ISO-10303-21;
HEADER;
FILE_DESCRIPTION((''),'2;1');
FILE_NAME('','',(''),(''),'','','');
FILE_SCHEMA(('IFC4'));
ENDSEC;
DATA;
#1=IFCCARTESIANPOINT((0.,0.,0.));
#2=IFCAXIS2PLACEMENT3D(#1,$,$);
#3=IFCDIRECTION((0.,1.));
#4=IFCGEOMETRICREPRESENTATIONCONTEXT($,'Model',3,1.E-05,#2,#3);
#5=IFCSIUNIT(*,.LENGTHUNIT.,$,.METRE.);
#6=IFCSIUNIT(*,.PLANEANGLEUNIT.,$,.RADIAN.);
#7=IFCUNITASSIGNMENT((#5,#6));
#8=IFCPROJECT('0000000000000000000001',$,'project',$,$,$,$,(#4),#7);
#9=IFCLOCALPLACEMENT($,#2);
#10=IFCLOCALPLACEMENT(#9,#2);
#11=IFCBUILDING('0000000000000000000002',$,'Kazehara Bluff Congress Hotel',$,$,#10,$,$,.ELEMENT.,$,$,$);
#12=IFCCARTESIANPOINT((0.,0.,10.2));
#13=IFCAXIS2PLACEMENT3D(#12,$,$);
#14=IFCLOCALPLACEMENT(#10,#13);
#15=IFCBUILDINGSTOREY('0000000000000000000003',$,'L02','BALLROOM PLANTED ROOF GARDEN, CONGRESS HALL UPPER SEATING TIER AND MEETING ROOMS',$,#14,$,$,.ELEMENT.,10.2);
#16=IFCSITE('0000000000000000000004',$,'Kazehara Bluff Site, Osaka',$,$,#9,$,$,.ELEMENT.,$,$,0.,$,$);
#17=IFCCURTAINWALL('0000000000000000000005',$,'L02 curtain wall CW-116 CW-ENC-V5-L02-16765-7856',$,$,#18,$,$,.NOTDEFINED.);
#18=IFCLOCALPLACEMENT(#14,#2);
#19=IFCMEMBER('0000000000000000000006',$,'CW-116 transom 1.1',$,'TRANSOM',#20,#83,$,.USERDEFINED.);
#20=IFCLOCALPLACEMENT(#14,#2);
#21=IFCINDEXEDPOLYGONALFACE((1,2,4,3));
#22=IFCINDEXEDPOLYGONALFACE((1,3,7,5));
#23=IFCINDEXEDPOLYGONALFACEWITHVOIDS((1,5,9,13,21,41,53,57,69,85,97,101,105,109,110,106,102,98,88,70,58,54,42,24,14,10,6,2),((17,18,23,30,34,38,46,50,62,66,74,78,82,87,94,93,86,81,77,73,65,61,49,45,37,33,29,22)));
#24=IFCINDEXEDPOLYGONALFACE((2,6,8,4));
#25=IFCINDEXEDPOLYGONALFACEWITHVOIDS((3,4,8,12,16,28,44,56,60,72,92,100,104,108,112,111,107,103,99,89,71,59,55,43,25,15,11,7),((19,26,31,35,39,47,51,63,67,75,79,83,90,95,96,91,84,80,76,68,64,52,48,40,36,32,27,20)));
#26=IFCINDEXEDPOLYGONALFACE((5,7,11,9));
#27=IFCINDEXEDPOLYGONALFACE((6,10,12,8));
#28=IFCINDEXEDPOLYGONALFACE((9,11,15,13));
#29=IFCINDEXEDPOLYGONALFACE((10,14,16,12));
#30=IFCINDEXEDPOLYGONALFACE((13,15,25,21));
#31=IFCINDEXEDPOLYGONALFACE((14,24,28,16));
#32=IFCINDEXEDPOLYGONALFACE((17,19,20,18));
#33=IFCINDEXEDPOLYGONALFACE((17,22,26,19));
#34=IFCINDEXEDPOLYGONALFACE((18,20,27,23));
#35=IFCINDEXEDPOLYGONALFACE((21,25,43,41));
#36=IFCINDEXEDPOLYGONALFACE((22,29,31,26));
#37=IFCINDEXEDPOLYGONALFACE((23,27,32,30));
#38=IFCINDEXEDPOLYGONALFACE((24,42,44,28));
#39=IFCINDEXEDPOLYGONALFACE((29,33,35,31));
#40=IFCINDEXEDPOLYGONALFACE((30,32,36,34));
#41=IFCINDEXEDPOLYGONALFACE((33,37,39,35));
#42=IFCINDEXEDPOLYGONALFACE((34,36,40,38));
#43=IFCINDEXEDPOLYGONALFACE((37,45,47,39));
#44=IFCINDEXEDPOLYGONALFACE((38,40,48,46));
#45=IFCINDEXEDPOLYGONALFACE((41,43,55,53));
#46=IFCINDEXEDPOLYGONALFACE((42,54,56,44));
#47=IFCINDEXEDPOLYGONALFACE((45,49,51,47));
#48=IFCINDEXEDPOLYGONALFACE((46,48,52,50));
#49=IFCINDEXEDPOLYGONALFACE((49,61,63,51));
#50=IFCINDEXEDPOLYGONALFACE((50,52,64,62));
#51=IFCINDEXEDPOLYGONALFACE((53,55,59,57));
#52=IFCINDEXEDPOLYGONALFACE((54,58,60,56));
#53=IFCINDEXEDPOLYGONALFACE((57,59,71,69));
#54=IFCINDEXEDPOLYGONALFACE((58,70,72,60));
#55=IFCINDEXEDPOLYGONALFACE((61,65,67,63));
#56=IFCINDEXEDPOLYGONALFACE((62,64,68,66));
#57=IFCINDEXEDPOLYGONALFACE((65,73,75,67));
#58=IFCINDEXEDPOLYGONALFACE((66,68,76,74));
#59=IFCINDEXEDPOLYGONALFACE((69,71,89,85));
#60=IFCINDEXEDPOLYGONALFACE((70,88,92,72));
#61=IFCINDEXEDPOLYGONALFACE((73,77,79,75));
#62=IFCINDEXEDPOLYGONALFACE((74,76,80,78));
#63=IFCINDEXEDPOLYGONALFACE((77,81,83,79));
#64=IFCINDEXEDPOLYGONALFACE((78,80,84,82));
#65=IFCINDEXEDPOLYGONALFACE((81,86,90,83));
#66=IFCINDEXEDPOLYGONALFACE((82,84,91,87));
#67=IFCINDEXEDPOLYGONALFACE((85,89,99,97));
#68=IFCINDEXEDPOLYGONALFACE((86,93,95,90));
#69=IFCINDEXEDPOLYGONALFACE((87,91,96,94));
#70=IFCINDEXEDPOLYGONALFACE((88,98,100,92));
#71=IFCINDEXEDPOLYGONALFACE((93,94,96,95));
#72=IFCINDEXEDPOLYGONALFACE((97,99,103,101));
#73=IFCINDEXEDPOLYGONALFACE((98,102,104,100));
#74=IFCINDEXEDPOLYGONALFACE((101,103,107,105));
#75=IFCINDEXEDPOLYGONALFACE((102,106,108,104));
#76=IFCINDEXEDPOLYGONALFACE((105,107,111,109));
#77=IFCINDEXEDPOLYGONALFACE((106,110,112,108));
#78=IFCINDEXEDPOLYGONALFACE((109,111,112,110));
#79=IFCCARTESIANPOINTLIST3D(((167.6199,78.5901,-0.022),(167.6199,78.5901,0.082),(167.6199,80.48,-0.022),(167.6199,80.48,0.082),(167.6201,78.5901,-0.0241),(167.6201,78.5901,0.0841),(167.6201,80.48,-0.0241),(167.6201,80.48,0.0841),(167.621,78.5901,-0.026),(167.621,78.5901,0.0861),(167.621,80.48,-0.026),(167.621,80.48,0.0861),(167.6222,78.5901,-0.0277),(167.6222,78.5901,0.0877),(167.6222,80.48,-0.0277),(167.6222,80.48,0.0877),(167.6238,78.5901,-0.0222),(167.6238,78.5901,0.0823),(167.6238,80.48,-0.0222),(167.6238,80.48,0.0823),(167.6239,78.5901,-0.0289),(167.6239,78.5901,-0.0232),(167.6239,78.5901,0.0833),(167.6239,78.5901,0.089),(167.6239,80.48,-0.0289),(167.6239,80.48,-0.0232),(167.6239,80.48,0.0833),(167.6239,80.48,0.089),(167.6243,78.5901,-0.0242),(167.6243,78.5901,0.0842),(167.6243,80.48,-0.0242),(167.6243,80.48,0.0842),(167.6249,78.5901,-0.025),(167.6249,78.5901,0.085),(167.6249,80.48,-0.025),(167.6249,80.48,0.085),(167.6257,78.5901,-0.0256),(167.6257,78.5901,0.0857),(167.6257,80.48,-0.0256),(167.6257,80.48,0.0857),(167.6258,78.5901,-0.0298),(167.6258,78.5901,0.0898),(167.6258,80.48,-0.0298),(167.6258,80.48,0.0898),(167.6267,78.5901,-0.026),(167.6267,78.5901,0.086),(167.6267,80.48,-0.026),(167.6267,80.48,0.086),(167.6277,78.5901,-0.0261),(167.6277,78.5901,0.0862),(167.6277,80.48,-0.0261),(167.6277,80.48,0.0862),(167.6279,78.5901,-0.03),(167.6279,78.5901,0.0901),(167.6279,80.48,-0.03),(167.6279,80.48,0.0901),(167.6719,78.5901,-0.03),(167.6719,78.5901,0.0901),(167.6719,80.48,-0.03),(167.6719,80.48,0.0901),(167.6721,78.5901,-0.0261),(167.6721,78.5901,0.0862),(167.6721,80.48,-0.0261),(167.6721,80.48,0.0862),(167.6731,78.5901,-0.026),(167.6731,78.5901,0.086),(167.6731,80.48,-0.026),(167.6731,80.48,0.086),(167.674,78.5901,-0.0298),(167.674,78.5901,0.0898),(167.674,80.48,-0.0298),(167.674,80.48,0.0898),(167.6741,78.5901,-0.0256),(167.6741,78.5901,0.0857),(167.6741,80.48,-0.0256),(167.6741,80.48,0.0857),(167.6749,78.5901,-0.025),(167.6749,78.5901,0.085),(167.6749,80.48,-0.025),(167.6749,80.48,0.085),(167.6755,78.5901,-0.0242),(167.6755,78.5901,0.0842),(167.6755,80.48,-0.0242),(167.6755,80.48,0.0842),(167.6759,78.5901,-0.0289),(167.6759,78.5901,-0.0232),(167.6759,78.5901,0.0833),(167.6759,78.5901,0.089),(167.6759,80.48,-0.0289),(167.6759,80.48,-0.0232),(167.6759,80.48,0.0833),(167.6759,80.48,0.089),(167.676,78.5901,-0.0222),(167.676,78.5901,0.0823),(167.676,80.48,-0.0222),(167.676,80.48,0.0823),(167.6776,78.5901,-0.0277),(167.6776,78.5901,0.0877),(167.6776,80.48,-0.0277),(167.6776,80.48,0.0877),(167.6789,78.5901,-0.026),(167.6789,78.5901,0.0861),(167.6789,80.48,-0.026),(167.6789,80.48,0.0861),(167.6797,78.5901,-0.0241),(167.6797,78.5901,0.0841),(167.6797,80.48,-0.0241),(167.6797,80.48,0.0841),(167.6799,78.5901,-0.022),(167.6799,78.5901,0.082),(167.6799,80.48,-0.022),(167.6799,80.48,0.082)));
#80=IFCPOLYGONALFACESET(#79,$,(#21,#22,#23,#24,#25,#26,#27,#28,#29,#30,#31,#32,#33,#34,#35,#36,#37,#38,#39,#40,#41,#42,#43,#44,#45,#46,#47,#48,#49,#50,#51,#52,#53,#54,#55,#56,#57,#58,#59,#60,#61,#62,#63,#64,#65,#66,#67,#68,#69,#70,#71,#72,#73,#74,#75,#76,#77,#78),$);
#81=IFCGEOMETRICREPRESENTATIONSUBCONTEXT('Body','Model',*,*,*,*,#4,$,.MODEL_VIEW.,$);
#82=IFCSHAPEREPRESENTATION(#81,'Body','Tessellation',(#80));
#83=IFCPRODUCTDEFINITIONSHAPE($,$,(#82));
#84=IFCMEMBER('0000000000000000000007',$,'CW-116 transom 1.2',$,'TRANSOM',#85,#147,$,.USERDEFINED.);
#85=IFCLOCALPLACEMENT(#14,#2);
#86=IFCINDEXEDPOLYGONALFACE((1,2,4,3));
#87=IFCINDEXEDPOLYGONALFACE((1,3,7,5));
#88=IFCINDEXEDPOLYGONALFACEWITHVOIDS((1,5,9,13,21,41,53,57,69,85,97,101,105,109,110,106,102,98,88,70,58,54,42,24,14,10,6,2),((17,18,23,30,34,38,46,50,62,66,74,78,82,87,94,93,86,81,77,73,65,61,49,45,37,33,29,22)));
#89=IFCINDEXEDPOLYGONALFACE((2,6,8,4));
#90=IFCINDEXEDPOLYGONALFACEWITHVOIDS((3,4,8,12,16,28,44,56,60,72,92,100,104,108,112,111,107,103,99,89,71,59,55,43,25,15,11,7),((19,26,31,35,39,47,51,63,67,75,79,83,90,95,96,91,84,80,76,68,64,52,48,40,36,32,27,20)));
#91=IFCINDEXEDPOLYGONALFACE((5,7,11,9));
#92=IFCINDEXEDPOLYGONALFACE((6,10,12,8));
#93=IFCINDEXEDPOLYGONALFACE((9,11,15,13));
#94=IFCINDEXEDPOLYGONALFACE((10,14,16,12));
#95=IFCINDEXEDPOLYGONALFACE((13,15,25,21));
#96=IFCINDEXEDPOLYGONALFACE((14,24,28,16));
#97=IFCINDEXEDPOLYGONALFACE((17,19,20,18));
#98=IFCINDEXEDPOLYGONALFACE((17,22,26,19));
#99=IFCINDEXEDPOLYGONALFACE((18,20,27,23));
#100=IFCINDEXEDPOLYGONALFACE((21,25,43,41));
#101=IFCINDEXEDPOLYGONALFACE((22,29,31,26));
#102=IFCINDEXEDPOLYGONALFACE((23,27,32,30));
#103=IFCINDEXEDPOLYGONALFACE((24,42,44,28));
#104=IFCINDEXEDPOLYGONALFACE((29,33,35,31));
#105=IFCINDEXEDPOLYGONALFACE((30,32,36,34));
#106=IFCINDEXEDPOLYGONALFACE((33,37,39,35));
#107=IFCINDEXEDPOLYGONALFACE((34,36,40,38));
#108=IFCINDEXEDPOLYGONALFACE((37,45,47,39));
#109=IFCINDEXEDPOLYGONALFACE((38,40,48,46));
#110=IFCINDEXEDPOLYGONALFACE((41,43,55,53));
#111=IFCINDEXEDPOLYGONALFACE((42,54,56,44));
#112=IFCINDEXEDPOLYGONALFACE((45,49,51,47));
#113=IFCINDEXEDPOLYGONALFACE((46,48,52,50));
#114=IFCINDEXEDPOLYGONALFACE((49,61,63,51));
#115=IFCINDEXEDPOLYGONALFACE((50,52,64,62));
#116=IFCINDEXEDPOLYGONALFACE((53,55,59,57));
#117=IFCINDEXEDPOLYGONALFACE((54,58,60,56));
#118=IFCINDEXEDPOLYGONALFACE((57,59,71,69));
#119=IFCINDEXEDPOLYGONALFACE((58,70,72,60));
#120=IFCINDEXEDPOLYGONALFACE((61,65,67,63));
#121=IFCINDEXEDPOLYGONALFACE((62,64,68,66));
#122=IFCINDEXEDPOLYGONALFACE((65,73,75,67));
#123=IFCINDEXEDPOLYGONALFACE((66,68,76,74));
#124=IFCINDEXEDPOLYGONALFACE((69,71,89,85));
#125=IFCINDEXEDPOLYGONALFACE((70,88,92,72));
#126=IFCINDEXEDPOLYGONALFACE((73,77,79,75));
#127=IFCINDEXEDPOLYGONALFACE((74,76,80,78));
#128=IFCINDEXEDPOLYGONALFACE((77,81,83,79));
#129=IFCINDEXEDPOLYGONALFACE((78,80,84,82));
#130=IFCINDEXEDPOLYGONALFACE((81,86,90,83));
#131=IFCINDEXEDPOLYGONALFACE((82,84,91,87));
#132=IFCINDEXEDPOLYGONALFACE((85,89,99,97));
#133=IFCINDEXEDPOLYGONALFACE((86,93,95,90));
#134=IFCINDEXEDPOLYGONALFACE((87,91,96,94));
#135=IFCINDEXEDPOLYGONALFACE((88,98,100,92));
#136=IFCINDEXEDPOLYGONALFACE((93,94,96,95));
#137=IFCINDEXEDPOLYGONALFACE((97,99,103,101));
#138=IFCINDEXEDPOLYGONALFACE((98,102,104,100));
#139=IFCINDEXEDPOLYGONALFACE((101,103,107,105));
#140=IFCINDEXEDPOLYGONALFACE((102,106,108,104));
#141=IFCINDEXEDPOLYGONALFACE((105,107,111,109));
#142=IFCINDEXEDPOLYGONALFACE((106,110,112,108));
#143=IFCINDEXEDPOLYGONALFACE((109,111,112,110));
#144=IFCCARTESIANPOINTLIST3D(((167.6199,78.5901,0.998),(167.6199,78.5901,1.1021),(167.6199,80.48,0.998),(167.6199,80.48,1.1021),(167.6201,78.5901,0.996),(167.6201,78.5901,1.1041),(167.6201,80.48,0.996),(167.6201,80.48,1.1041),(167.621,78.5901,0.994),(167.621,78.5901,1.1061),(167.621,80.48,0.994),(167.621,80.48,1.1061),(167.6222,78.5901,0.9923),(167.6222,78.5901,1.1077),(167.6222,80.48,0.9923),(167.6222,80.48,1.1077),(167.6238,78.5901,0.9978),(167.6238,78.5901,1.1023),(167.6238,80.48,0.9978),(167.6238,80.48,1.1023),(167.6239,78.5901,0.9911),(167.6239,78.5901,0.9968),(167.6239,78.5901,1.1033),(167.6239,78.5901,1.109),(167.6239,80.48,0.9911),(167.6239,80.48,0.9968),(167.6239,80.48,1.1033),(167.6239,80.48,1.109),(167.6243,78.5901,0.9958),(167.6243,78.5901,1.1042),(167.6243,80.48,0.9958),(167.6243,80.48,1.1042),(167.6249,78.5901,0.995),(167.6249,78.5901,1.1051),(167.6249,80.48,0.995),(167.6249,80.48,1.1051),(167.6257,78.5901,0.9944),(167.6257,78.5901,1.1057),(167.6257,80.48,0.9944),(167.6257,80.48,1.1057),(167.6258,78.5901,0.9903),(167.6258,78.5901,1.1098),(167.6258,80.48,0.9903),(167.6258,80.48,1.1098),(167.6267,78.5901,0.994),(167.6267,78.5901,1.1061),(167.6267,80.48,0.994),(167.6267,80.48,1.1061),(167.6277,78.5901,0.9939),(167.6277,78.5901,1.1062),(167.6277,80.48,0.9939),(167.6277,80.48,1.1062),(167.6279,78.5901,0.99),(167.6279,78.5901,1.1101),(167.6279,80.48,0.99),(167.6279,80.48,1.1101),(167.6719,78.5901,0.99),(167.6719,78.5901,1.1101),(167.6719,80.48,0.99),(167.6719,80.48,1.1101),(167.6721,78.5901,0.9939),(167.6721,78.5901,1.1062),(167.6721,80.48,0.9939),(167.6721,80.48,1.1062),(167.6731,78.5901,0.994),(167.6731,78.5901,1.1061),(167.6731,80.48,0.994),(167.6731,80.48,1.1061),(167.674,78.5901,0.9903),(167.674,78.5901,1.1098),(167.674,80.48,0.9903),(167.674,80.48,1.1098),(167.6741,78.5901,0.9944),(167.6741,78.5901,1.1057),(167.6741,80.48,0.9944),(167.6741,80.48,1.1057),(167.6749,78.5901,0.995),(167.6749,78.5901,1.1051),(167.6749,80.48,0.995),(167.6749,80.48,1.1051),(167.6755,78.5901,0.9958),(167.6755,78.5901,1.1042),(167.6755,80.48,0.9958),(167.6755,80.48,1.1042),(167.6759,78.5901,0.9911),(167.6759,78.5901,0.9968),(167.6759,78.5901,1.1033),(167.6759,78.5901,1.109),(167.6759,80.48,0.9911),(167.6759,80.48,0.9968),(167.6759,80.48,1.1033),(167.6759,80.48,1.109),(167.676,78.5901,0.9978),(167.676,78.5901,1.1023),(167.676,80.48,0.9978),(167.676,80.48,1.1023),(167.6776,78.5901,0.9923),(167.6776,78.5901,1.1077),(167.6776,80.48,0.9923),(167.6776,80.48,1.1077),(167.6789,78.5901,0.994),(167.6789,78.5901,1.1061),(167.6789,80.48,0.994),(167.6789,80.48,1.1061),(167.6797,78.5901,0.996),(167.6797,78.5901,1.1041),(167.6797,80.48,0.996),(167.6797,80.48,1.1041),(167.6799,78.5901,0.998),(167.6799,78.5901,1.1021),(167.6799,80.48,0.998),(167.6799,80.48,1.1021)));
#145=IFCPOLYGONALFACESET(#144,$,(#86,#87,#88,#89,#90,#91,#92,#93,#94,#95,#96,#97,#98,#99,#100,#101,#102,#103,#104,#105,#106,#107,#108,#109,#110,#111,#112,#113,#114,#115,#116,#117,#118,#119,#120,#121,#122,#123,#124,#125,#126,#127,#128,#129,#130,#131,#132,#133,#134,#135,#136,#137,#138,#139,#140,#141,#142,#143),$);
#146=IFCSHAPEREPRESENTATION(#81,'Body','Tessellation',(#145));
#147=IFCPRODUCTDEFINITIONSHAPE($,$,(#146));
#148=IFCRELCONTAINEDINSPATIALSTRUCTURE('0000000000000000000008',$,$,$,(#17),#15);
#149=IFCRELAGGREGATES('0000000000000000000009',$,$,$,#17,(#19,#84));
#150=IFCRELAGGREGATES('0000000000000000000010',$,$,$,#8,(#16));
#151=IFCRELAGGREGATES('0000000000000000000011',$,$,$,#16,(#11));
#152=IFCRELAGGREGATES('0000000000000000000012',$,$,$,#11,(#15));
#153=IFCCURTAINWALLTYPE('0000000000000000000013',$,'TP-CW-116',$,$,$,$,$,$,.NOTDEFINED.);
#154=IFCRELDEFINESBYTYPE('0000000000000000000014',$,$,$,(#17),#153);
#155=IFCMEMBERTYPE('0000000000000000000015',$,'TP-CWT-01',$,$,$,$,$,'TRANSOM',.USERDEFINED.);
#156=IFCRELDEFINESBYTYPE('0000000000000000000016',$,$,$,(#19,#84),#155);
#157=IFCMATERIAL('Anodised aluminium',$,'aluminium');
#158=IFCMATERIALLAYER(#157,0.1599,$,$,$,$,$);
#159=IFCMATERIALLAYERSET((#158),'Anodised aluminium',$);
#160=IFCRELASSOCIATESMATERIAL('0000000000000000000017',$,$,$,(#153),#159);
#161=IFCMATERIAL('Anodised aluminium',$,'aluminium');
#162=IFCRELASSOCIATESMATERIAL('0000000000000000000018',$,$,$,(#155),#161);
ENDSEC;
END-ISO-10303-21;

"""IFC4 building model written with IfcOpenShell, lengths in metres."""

from ifc_helpers import new_model, si_unit, direction, frame, origin, origin_2d, place, context, subcontext, project, spatial, hollow_rectangle, extrude, material, layer, layer_set, material_profile, profile_set, type_object, element, aggregate, save


model = new_model("IFC4")

# Units and contexts
model_context = context("Model", 3, precision=1e-05, world=origin(), true_north=direction((0.0, 1.0)))
body_context = subcontext(model_context, "Body", "Model", "MODEL_VIEW")
ifc_project = project(units=[si_unit("LENGTHUNIT", "METRE"), si_unit("PLANEANGLEUNIT", "RADIAN")], contexts=[model_context])

# Site, building, storey
site_placement = place(None, origin())
site = spatial("IfcSite", under=ifc_project, at=site_placement, Name="Kazehara Bluff Site, Osaka", CompositionType="ELEMENT", RefElevation=0.0)
building_placement = place(site_placement, origin())
building = spatial("IfcBuilding", under=site, at=building_placement, Name="Kazehara Bluff Congress Hotel", CompositionType="ELEMENT")
storey_placement = place(building_placement, frame((0.0, 0.0, 10.2)))
storey = spatial("IfcBuildingStorey", under=building, at=storey_placement, Name="L02", Description="BALLROOM PLANTED ROOF GARDEN, CONGRESS HALL UPPER SEATING TIER AND MEETING ROOMS", CompositionType="ELEMENT", Elevation=10.2)

# Curtain wall, members
ifc_material_1 = material(Name="Anodised aluminium", Category="aluminium")
ifc_layer_1 = layer(ifc_material_1, 0.1599)
ifc_layer_set_1 = layer_set([ifc_layer_1], Name="Anodised aluminium")
curtain_wall_type = type_object("IfcCurtainWallType", Name="TP-CW-116", PredefinedType="NOTDEFINED", material=ifc_layer_set_1)
curtain_wall_placement = place(storey_placement, origin())
curtain_wall = element("IfcCurtainWall", 1, at=curtain_wall_placement, inside=storey, type_object=curtain_wall_type, Name="L02 curtain wall CW-116 CW-ENC-V5-L02-16765-7856", PredefinedType="NOTDEFINED")
ifc_material_2 = material(Name="Anodised aluminium", Category="aluminium")
ifc_material_profile_1 = material_profile(ifc_material_2, hollow_rectangle(XDim=0.0601, YDim=0.1201, WallThickness=0.0039, InnerFilletRadius=0.0039, OuterFilletRadius=0.0081, at=origin_2d()))
ifc_profile_set_1 = profile_set([ifc_material_profile_1], Name="Anodised aluminium")
member_type_1 = type_object("IfcMemberType", Name="TP-CWT-01", ElementType="TRANSOM", PredefinedType="USERDEFINED", material=ifc_profile_set_1)
member_1_placement = place(storey_placement, frame((167.6499, 80.48, 0.03), z_axis=(0.0, -1.0, 0.0), x_axis=(1.0, 0.0, 0.0)))
member_1 = element("IfcMember", 2, at=member_1_placement, type_object=member_type_1, Name="CW-116 transom 1.1", ObjectType="TRANSOM", PredefinedType="USERDEFINED", context=body_context, shape_type="SweptSolid", body=[
    extrude(hollow_rectangle(XDim=0.0601, YDim=0.1201, WallThickness=0.0039, InnerFilletRadius=0.0039, OuterFilletRadius=0.0081, at=origin_2d()), origin(), (0.0, 0.0, 1.0), 1.8899),
])
member_2_placement = place(storey_placement, frame((167.6499, 80.48, 1.05), z_axis=(0.0, -1.0, 0.0), x_axis=(1.0, 0.0, 0.0)))
member_2 = element("IfcMember", 3, at=member_2_placement, type_object=member_type_1, Name="CW-116 transom 1.2", ObjectType="TRANSOM", PredefinedType="USERDEFINED", context=body_context, shape_type="SweptSolid", body=[
    extrude(hollow_rectangle(XDim=0.0601, YDim=0.1201, WallThickness=0.0039, InnerFilletRadius=0.0039, OuterFilletRadius=0.0081, at=origin_2d()), origin(), (0.0, 0.0, 1.0), 1.8899),
])

aggregate(curtain_wall, [member_1, member_2])

save(model, "model.ifc")
